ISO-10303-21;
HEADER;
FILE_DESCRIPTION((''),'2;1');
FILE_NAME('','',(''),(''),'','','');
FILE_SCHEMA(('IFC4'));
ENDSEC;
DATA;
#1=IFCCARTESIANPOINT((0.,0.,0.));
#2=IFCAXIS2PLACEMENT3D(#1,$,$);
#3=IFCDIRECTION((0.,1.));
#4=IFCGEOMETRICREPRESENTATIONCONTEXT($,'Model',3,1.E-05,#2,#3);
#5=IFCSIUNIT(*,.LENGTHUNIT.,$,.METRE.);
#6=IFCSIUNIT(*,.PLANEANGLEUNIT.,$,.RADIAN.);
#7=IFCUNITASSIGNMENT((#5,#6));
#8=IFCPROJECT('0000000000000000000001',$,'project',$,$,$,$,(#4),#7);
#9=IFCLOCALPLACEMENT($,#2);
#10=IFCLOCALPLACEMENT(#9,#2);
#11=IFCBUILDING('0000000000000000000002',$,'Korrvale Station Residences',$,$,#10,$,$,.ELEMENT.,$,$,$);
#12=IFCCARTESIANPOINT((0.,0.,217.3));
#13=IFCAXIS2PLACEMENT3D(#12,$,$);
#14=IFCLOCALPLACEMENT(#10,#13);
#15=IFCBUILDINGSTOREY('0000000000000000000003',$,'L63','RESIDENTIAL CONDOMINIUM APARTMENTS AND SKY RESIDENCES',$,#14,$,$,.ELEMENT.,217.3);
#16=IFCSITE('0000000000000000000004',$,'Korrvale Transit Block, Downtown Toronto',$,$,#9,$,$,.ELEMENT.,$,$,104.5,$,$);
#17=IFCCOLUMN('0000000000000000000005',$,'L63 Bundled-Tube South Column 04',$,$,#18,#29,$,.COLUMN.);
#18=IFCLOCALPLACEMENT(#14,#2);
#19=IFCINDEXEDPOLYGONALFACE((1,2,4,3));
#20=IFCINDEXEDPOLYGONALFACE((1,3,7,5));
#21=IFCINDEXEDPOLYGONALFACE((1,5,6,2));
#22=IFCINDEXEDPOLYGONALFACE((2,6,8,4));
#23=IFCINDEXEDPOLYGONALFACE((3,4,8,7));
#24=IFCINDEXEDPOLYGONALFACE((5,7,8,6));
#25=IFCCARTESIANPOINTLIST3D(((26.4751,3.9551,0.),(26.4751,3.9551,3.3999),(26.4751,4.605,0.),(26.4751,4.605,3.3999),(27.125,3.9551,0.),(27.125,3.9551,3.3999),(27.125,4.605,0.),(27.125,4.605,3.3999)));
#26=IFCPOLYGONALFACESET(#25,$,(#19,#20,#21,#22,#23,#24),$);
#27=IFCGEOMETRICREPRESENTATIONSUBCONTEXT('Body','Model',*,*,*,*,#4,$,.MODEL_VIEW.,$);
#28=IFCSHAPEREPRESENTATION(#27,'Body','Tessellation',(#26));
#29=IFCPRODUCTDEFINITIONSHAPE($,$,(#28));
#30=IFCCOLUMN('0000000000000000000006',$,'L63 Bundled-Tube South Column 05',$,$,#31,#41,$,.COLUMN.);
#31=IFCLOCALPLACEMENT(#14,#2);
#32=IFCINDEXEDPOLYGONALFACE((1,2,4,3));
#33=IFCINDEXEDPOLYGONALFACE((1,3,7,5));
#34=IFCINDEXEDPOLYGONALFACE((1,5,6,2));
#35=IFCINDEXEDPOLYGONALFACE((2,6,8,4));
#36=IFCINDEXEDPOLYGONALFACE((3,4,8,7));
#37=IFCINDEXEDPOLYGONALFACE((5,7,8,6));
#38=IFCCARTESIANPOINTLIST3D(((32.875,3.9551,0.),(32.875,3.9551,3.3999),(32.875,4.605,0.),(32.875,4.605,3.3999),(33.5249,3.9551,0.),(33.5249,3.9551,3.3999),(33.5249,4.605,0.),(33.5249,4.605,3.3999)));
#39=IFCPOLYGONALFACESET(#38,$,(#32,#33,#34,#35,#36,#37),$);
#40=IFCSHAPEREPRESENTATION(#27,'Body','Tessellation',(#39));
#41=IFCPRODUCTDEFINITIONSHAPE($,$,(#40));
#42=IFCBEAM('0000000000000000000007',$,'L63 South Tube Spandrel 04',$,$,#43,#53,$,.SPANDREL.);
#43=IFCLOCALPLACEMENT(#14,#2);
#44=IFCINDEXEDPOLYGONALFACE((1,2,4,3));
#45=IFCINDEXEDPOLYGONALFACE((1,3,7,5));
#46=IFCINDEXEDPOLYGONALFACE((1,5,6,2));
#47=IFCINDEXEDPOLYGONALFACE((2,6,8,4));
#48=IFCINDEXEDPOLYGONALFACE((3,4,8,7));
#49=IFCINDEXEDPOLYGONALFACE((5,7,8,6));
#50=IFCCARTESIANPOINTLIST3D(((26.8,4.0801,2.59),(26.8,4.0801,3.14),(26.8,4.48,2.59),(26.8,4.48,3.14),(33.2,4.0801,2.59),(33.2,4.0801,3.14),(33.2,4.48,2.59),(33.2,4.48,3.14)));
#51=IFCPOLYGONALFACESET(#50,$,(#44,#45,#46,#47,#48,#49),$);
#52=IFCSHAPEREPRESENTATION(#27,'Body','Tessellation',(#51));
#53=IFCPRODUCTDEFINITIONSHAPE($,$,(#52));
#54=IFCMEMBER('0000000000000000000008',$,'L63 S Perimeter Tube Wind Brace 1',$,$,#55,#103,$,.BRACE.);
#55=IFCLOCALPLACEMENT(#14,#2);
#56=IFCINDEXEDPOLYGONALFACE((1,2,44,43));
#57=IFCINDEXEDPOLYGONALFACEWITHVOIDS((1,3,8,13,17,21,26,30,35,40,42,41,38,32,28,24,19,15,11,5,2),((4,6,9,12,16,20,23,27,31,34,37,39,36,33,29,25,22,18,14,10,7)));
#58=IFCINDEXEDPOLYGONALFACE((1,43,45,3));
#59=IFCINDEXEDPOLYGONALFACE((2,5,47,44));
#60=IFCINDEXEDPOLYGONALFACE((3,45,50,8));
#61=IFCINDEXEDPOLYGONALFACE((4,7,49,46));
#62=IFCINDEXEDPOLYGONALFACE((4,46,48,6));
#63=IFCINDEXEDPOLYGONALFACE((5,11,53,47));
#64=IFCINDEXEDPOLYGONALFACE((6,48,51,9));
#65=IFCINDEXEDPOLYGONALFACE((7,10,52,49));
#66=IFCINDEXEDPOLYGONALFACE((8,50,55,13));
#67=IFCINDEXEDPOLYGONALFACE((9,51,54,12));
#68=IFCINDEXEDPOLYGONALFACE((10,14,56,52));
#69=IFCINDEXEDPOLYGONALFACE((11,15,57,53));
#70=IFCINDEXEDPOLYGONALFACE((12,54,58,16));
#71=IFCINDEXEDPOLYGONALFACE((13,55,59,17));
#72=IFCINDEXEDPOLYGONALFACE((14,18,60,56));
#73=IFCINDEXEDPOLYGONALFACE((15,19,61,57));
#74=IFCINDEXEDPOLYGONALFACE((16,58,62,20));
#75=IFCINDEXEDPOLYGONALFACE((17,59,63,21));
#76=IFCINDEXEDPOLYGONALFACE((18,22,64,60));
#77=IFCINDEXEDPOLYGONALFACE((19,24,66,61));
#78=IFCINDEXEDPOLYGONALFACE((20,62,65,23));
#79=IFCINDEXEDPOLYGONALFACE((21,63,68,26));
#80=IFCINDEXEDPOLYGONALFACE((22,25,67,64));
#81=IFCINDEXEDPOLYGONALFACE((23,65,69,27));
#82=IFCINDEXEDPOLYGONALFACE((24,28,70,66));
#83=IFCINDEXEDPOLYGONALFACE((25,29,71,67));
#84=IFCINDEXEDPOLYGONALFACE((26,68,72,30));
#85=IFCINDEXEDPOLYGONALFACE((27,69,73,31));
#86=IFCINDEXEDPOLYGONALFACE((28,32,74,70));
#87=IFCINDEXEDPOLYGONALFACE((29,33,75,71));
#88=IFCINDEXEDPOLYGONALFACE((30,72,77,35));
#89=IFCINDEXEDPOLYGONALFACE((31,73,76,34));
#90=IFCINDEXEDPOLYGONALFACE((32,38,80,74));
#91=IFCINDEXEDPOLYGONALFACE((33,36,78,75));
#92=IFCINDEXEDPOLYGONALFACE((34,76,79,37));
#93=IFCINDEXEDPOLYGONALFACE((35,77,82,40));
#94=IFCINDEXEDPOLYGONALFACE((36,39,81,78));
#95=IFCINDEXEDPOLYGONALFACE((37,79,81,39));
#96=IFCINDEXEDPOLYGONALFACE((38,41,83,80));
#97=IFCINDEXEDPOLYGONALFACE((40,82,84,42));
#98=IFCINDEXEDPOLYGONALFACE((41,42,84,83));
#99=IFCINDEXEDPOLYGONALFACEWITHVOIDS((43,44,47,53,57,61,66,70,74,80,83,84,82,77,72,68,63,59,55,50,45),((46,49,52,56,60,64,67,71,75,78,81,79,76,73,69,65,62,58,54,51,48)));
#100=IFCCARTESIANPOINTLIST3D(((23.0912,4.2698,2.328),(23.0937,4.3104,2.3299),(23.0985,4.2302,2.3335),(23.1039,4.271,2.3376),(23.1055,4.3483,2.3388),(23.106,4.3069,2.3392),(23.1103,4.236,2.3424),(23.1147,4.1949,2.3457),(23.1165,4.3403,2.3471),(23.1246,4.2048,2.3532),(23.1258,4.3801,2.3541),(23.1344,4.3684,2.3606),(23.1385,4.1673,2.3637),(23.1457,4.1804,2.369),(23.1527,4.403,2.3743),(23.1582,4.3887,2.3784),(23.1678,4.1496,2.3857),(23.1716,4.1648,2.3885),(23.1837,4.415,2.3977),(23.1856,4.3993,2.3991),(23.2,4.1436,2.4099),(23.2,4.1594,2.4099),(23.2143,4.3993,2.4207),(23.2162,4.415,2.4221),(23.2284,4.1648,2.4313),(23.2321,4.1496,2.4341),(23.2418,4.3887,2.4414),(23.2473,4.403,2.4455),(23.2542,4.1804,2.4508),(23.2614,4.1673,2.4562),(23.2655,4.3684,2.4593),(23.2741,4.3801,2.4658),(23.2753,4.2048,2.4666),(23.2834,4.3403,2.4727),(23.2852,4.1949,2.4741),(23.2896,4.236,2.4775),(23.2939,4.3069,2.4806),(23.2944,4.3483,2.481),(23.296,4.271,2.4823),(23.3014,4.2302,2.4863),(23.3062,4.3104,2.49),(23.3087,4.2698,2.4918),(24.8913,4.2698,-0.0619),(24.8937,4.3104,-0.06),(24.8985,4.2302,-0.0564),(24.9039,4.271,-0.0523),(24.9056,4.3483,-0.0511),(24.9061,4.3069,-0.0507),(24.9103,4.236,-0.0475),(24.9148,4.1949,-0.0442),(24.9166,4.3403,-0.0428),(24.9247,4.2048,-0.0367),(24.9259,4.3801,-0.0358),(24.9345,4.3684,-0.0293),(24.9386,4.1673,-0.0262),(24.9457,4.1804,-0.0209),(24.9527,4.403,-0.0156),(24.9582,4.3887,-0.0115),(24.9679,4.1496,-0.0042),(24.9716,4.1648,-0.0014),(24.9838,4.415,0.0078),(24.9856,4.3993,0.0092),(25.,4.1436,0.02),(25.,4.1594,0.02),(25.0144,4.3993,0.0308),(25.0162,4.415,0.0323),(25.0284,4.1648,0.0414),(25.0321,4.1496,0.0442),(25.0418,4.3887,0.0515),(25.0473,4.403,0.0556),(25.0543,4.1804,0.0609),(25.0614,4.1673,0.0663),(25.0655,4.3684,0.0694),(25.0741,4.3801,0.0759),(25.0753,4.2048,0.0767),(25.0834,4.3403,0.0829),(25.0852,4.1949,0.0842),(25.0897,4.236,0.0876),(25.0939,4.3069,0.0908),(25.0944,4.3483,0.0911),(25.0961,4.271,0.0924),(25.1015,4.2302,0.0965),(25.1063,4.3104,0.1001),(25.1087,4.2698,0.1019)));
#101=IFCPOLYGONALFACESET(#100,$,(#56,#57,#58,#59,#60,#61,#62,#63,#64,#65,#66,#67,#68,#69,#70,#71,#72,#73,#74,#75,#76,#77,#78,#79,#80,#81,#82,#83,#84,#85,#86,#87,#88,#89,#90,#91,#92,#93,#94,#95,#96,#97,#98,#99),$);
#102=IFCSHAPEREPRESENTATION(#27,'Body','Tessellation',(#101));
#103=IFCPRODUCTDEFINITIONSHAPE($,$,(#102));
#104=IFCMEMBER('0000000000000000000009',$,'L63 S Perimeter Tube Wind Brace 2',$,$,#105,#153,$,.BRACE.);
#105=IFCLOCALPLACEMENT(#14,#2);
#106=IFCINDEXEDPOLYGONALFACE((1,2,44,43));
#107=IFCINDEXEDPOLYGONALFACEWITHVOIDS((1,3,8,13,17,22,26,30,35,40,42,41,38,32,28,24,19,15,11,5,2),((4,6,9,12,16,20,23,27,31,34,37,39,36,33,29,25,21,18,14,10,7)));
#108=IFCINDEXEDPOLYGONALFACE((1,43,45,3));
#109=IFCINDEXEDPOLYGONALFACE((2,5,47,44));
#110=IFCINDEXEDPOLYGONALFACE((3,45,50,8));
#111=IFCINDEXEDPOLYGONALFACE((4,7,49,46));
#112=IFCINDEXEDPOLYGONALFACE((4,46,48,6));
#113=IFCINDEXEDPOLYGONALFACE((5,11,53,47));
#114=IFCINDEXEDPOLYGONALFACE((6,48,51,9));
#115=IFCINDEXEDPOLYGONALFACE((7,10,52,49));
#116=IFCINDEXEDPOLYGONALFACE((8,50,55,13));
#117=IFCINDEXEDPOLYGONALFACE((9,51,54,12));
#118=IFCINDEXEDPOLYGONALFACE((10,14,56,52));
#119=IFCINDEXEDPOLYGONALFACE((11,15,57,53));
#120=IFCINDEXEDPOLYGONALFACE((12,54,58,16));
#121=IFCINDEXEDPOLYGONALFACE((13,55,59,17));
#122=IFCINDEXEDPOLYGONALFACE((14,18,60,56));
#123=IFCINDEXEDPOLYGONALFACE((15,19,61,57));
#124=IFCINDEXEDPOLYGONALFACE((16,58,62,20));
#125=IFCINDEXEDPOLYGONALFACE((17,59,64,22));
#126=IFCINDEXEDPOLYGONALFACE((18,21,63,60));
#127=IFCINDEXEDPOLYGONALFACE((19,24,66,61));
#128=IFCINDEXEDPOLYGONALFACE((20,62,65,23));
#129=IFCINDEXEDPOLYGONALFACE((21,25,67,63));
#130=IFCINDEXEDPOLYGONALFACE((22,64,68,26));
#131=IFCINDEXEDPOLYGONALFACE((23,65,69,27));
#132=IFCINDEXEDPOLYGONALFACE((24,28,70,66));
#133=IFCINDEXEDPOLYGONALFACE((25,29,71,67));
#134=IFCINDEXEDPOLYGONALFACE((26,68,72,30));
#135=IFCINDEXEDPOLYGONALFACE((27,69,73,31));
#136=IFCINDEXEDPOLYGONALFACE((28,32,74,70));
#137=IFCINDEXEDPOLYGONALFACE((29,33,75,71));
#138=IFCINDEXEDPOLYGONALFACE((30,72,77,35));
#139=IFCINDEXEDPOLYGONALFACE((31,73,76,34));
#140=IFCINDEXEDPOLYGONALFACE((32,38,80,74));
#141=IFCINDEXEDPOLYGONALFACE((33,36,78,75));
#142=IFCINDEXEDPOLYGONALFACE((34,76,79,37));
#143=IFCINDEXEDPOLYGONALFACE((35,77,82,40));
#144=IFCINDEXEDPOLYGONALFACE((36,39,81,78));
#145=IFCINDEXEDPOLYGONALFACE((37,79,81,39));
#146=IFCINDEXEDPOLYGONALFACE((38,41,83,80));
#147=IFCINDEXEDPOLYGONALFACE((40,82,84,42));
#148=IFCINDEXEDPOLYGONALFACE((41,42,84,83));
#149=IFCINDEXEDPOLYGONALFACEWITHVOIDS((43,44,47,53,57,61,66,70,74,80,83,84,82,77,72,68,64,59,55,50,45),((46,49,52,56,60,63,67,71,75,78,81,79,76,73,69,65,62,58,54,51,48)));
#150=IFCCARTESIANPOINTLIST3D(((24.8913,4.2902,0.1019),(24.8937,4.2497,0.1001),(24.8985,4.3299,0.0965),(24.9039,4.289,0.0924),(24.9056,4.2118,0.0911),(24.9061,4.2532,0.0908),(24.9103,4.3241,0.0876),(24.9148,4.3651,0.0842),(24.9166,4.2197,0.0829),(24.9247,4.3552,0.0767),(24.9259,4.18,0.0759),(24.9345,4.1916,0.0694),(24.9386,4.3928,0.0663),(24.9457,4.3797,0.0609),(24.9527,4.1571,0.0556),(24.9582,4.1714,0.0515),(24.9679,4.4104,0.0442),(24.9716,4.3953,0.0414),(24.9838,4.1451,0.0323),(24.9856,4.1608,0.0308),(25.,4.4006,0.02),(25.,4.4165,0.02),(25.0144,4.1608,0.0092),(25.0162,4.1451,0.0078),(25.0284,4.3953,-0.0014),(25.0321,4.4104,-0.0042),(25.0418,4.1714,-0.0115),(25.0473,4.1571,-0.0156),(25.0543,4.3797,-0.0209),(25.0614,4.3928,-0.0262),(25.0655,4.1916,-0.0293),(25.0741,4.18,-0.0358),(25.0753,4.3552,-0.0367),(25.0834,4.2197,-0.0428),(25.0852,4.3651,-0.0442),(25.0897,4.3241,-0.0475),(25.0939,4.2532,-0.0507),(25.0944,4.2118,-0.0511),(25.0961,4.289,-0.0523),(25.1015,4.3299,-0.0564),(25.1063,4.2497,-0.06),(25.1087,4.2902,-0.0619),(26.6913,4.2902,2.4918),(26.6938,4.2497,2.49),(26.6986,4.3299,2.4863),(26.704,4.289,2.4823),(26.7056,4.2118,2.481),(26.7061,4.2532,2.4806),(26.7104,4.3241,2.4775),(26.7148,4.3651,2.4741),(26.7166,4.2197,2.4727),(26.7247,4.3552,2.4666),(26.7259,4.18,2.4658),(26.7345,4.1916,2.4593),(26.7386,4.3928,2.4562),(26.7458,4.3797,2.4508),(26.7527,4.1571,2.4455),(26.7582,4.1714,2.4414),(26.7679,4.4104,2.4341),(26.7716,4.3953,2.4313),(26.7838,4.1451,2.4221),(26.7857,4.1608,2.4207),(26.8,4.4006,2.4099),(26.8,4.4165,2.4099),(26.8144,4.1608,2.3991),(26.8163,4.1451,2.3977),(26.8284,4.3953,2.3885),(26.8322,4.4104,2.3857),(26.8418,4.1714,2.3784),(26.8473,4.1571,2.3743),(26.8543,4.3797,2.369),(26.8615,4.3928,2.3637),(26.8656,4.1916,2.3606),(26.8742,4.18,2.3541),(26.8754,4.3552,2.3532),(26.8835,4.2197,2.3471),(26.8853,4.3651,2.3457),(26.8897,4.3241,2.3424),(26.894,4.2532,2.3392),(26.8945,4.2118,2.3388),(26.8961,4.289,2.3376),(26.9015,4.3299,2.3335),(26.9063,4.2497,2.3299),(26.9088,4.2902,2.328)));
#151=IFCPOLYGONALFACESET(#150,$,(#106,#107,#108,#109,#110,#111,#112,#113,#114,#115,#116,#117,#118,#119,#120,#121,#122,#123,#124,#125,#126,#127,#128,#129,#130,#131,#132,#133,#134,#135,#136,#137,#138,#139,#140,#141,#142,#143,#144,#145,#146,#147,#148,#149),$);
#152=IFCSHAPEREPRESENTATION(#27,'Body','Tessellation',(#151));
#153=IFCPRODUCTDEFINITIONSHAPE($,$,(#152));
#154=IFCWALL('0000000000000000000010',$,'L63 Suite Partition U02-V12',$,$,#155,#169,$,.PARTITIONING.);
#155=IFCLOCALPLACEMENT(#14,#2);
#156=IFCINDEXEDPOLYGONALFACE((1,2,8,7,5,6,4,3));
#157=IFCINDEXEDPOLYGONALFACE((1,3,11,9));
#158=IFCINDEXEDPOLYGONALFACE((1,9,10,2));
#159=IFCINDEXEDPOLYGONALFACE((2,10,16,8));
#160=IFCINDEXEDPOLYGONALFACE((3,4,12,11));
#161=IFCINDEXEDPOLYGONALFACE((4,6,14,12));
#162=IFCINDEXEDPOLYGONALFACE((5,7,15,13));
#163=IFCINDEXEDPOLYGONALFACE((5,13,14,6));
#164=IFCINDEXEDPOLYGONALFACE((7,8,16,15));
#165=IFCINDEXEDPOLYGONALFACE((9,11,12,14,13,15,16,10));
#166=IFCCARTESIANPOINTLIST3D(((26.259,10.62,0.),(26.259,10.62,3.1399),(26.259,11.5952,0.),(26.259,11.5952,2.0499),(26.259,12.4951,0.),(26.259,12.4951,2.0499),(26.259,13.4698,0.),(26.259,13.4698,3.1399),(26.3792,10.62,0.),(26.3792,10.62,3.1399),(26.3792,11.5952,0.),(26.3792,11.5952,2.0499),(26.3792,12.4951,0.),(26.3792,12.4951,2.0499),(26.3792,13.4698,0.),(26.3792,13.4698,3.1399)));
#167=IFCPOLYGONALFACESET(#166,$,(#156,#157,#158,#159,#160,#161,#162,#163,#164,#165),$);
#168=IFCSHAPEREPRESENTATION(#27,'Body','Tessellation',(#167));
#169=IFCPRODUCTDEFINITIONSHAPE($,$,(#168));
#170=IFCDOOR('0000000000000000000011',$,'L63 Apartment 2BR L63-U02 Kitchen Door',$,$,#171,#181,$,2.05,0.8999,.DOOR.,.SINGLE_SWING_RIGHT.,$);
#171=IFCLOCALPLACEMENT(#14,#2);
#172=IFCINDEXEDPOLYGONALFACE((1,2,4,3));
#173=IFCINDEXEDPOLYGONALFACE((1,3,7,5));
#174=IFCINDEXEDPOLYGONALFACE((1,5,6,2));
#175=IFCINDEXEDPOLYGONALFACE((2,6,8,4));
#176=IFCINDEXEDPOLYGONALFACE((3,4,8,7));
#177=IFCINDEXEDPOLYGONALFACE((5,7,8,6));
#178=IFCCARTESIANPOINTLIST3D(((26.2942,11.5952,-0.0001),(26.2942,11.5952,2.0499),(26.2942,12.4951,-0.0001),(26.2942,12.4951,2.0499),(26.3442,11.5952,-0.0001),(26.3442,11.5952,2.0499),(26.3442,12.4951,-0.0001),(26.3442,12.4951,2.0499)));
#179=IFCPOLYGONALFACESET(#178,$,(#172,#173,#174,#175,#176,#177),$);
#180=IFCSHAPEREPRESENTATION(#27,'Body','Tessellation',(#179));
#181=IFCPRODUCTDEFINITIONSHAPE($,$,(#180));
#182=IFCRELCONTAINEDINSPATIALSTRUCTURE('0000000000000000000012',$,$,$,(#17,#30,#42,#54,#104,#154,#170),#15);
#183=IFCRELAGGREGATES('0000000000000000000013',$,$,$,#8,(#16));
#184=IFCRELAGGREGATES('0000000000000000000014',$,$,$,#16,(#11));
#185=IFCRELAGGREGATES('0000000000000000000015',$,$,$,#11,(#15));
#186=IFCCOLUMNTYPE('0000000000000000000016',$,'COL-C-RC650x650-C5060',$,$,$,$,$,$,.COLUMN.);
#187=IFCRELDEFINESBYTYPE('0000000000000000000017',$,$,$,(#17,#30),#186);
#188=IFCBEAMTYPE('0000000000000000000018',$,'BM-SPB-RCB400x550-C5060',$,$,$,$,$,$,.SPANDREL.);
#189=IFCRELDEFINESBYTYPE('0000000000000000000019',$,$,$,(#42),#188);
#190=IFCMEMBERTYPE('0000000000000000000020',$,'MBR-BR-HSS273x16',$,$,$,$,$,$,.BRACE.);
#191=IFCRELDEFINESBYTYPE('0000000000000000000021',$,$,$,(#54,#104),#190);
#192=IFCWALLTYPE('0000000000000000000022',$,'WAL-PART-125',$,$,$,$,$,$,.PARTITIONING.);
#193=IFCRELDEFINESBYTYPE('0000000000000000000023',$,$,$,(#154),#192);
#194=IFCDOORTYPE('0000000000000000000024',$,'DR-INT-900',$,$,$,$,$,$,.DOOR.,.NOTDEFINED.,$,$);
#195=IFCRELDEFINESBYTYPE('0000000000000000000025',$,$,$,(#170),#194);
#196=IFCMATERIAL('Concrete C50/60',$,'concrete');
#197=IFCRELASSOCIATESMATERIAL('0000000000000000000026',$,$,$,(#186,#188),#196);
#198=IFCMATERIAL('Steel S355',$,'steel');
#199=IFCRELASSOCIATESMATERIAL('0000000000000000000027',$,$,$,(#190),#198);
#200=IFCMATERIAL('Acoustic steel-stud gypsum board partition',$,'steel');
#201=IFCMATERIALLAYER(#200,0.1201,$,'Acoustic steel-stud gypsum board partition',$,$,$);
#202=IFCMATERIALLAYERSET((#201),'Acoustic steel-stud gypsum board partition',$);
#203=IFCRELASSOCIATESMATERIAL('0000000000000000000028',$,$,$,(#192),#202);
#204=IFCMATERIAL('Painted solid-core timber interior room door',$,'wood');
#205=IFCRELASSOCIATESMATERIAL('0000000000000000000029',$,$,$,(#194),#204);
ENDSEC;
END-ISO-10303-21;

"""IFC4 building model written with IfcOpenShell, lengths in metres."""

from ifc_helpers import new_model, si_unit, direction, frame, frame_2d, origin, origin_2d, place, context, subcontext, project, spatial, rectangle, hollow_circle, extrude, material, layer, layer_set, material_profile, profile_set, type_object, element, fill, save


model = new_model("IFC4")

# Units and contexts
model_context = context("Model", 3, precision=1e-05, world=origin(), true_north=direction((0.0, 1.0)))
body_context = subcontext(model_context, "Body", "Model", "MODEL_VIEW")
ifc_project = project(units=[si_unit("LENGTHUNIT", "METRE"), si_unit("PLANEANGLEUNIT", "RADIAN")], contexts=[model_context])

# Site, building, storey
site_placement = place(None, origin())
site = spatial("IfcSite", under=ifc_project, at=site_placement, Name="Korrvale Transit Block, Downtown Toronto", CompositionType="ELEMENT", RefElevation=104.5)
building_placement = place(site_placement, origin())
building = spatial("IfcBuilding", under=site, at=building_placement, Name="Korrvale Station Residences", CompositionType="ELEMENT")
storey_placement = place(building_placement, frame((0.0, 0.0, 217.3)))
storey = spatial("IfcBuildingStorey", under=building, at=storey_placement, Name="L63", Description="RESIDENTIAL CONDOMINIUM APARTMENTS AND SKY RESIDENCES", CompositionType="ELEMENT", Elevation=217.3)

# Columns
ifc_material_1 = material(Name="Concrete C50/60", Category="concrete")
ifc_material_profile_1 = material_profile(ifc_material_1, rectangle(XDim=0.6499, YDim=0.6499, at=origin_2d()), Name="RC650x650")
ifc_profile_set_1 = profile_set([ifc_material_profile_1], Name="Concrete C50/60")
column_type = type_object("IfcColumnType", Name="COL-C-RC650x650-C5060", PredefinedType="COLUMN", material=ifc_profile_set_1)
for number, where, z_axis, x_axis, name in (
    (1, (26.8, 4.28, 0.0), (0.0, 0.0, 1.0), (1.0, 0.0, 0.0), "L63 Bundled-Tube South Column 04"),
    (2, (33.2, 4.28, 0.0), (0.0, 0.0, 1.0), (1.0, 0.0, 0.0), "L63 Bundled-Tube South Column 05"),
):
    element("IfcColumn", number, at=place(storey_placement, frame(where, z_axis=z_axis, x_axis=x_axis)), inside=storey, type_object=column_type, Name=name, PredefinedType="COLUMN", context=body_context, shape_type="SweptSolid", body=[
        extrude(rectangle(XDim=0.6499, YDim=0.6499, at=origin_2d()), origin(), (0.0, 0.0, 1.0), 3.3999),
    ])

# Beam
ifc_material_profile_2 = material_profile(ifc_material_1, rectangle(XDim=0.3999, YDim=0.55, at=origin_2d()), Name="RCB400x550")
ifc_profile_set_2 = profile_set([ifc_material_profile_2], Name="Concrete C50/60")
beam_type = type_object("IfcBeamType", Name="BM-SPB-RCB400x550-C5060", PredefinedType="SPANDREL", material=ifc_profile_set_2)
beam_placement = place(storey_placement, frame((26.8, 4.28, 2.865), z_axis=(1.0, 0.0, 0.0), x_axis=(0.0, 1.0, 0.0)))
element("IfcBeam", 3, at=beam_placement, inside=storey, type_object=beam_type, Name="L63 South Tube Spandrel 04", PredefinedType="SPANDREL", context=body_context, shape_type="SweptSolid", body=[
    extrude(rectangle(XDim=0.3999, YDim=0.55, at=origin_2d()), origin(), (0.0, 0.0, 1.0), 6.3999),
])

# Members
ifc_material_2 = material(Name="Steel S355", Category="steel")
ifc_material_profile_3 = material_profile(ifc_material_2, hollow_circle(Radius=0.1365, WallThickness=0.0159, at=origin_2d()), Name="HSS273x16")
ifc_profile_set_3 = profile_set([ifc_material_profile_3], Name="Steel S355")
member_type = type_object("IfcMemberType", Name="MBR-BR-HSS273x16", PredefinedType="BRACE", material=ifc_profile_set_3)
for number, where, z_axis, x_axis, name in (
    (4, (25.0, 4.28, 0.02), (-0.601631, 0.0, 0.798774), (0.0, -1.0, 0.0), "L63 S Perimeter Tube Wind Brace 1"),
    (5, (25.0, 4.28, 0.02), (0.601631, 0.0, 0.798774), (0.0, 1.0, 0.0), "L63 S Perimeter Tube Wind Brace 2"),
):
    element("IfcMember", number, at=place(storey_placement, frame(where, z_axis=z_axis, x_axis=x_axis)), inside=storey, type_object=member_type, Name=name, PredefinedType="BRACE", context=body_context, shape_type="SweptSolid", body=[
        extrude(hollow_circle(Radius=0.1365, WallThickness=0.0159, at=origin_2d()), origin(), (0.0, 0.0, 1.0), 2.9919),
    ])

# Wall, opening, door
ifc_material_3 = material(Name="Acoustic steel-stud gypsum board partition", Category="steel")
ifc_layer_1 = layer(ifc_material_3, 0.1201, Name="Acoustic steel-stud gypsum board partition")
ifc_layer_set_1 = layer_set([ifc_layer_1], Name="Acoustic steel-stud gypsum board partition")
wall_type = type_object("IfcWallType", Name="WAL-PART-125", PredefinedType="PARTITIONING", material=ifc_layer_set_1)
wall_1_placement = place(storey_placement, frame((26.3191, 10.6201, 0.0), z_axis=(0.0, 0.0, 1.0), x_axis=(0.0, 1.0, 0.0)))
wall_1 = element("IfcWall", 6, at=wall_1_placement, inside=storey, type_object=wall_type, Name="L63 Suite Partition U02-V12", PredefinedType="PARTITIONING", context=body_context, shape_type="SweptSolid", body=[
    extrude(rectangle(XDim=2.8499, YDim=0.1201, at=frame_2d((1.4248, 0.0))), origin(), (0.0, 0.0, 1.0), 3.1399),
])
opening_1_placement = place(wall_1_placement, frame((0.9751, 0.0, 0.0)))
opening_1 = element("IfcOpeningElement", 7, at=opening_1_placement, cuts=wall_1, PredefinedType="OPENING", context=body_context, shape_type="SweptSolid", body=[
    extrude(rectangle(XDim=0.8999, YDim=2.05, at=frame_2d((0.45, 1.0249))), frame((0.0, 0.0701, 0.0), z_axis=(0.0, -1.0, 0.0), x_axis=(1.0, 0.0, 0.0)), (0.0, 0.0, 1.0), 0.1401),
])
ifc_material_4 = material(Name="Painted solid-core timber interior room door", Category="wood")
door_type = type_object("IfcDoorType", Name="DR-INT-900", OperationType="NOTDEFINED", PredefinedType="DOOR", material=ifc_material_4)
door_1_placement = place(opening_1_placement, origin())
door_1 = element("IfcDoor", 8, at=door_1_placement, inside=storey, type_object=door_type, Name="L63 Apartment 2BR L63-U02 Kitchen Door", OperationType="SINGLE_SWING_RIGHT", OverallHeight=2.05, OverallWidth=0.8999, PredefinedType="DOOR", context=body_context, shape_type="SweptSolid", body=[
    extrude(rectangle(XDim=0.8999, YDim=2.05, at=frame_2d((0.45, 1.0249))), frame((0.0, 0.0249, 0.0), z_axis=(0.0, -1.0, 0.0), x_axis=(1.0, 0.0, 0.0)), (0.0, 0.0, 1.0), 0.05),
])
fill(opening_1, door_1)

save(model, "model.ifc")
